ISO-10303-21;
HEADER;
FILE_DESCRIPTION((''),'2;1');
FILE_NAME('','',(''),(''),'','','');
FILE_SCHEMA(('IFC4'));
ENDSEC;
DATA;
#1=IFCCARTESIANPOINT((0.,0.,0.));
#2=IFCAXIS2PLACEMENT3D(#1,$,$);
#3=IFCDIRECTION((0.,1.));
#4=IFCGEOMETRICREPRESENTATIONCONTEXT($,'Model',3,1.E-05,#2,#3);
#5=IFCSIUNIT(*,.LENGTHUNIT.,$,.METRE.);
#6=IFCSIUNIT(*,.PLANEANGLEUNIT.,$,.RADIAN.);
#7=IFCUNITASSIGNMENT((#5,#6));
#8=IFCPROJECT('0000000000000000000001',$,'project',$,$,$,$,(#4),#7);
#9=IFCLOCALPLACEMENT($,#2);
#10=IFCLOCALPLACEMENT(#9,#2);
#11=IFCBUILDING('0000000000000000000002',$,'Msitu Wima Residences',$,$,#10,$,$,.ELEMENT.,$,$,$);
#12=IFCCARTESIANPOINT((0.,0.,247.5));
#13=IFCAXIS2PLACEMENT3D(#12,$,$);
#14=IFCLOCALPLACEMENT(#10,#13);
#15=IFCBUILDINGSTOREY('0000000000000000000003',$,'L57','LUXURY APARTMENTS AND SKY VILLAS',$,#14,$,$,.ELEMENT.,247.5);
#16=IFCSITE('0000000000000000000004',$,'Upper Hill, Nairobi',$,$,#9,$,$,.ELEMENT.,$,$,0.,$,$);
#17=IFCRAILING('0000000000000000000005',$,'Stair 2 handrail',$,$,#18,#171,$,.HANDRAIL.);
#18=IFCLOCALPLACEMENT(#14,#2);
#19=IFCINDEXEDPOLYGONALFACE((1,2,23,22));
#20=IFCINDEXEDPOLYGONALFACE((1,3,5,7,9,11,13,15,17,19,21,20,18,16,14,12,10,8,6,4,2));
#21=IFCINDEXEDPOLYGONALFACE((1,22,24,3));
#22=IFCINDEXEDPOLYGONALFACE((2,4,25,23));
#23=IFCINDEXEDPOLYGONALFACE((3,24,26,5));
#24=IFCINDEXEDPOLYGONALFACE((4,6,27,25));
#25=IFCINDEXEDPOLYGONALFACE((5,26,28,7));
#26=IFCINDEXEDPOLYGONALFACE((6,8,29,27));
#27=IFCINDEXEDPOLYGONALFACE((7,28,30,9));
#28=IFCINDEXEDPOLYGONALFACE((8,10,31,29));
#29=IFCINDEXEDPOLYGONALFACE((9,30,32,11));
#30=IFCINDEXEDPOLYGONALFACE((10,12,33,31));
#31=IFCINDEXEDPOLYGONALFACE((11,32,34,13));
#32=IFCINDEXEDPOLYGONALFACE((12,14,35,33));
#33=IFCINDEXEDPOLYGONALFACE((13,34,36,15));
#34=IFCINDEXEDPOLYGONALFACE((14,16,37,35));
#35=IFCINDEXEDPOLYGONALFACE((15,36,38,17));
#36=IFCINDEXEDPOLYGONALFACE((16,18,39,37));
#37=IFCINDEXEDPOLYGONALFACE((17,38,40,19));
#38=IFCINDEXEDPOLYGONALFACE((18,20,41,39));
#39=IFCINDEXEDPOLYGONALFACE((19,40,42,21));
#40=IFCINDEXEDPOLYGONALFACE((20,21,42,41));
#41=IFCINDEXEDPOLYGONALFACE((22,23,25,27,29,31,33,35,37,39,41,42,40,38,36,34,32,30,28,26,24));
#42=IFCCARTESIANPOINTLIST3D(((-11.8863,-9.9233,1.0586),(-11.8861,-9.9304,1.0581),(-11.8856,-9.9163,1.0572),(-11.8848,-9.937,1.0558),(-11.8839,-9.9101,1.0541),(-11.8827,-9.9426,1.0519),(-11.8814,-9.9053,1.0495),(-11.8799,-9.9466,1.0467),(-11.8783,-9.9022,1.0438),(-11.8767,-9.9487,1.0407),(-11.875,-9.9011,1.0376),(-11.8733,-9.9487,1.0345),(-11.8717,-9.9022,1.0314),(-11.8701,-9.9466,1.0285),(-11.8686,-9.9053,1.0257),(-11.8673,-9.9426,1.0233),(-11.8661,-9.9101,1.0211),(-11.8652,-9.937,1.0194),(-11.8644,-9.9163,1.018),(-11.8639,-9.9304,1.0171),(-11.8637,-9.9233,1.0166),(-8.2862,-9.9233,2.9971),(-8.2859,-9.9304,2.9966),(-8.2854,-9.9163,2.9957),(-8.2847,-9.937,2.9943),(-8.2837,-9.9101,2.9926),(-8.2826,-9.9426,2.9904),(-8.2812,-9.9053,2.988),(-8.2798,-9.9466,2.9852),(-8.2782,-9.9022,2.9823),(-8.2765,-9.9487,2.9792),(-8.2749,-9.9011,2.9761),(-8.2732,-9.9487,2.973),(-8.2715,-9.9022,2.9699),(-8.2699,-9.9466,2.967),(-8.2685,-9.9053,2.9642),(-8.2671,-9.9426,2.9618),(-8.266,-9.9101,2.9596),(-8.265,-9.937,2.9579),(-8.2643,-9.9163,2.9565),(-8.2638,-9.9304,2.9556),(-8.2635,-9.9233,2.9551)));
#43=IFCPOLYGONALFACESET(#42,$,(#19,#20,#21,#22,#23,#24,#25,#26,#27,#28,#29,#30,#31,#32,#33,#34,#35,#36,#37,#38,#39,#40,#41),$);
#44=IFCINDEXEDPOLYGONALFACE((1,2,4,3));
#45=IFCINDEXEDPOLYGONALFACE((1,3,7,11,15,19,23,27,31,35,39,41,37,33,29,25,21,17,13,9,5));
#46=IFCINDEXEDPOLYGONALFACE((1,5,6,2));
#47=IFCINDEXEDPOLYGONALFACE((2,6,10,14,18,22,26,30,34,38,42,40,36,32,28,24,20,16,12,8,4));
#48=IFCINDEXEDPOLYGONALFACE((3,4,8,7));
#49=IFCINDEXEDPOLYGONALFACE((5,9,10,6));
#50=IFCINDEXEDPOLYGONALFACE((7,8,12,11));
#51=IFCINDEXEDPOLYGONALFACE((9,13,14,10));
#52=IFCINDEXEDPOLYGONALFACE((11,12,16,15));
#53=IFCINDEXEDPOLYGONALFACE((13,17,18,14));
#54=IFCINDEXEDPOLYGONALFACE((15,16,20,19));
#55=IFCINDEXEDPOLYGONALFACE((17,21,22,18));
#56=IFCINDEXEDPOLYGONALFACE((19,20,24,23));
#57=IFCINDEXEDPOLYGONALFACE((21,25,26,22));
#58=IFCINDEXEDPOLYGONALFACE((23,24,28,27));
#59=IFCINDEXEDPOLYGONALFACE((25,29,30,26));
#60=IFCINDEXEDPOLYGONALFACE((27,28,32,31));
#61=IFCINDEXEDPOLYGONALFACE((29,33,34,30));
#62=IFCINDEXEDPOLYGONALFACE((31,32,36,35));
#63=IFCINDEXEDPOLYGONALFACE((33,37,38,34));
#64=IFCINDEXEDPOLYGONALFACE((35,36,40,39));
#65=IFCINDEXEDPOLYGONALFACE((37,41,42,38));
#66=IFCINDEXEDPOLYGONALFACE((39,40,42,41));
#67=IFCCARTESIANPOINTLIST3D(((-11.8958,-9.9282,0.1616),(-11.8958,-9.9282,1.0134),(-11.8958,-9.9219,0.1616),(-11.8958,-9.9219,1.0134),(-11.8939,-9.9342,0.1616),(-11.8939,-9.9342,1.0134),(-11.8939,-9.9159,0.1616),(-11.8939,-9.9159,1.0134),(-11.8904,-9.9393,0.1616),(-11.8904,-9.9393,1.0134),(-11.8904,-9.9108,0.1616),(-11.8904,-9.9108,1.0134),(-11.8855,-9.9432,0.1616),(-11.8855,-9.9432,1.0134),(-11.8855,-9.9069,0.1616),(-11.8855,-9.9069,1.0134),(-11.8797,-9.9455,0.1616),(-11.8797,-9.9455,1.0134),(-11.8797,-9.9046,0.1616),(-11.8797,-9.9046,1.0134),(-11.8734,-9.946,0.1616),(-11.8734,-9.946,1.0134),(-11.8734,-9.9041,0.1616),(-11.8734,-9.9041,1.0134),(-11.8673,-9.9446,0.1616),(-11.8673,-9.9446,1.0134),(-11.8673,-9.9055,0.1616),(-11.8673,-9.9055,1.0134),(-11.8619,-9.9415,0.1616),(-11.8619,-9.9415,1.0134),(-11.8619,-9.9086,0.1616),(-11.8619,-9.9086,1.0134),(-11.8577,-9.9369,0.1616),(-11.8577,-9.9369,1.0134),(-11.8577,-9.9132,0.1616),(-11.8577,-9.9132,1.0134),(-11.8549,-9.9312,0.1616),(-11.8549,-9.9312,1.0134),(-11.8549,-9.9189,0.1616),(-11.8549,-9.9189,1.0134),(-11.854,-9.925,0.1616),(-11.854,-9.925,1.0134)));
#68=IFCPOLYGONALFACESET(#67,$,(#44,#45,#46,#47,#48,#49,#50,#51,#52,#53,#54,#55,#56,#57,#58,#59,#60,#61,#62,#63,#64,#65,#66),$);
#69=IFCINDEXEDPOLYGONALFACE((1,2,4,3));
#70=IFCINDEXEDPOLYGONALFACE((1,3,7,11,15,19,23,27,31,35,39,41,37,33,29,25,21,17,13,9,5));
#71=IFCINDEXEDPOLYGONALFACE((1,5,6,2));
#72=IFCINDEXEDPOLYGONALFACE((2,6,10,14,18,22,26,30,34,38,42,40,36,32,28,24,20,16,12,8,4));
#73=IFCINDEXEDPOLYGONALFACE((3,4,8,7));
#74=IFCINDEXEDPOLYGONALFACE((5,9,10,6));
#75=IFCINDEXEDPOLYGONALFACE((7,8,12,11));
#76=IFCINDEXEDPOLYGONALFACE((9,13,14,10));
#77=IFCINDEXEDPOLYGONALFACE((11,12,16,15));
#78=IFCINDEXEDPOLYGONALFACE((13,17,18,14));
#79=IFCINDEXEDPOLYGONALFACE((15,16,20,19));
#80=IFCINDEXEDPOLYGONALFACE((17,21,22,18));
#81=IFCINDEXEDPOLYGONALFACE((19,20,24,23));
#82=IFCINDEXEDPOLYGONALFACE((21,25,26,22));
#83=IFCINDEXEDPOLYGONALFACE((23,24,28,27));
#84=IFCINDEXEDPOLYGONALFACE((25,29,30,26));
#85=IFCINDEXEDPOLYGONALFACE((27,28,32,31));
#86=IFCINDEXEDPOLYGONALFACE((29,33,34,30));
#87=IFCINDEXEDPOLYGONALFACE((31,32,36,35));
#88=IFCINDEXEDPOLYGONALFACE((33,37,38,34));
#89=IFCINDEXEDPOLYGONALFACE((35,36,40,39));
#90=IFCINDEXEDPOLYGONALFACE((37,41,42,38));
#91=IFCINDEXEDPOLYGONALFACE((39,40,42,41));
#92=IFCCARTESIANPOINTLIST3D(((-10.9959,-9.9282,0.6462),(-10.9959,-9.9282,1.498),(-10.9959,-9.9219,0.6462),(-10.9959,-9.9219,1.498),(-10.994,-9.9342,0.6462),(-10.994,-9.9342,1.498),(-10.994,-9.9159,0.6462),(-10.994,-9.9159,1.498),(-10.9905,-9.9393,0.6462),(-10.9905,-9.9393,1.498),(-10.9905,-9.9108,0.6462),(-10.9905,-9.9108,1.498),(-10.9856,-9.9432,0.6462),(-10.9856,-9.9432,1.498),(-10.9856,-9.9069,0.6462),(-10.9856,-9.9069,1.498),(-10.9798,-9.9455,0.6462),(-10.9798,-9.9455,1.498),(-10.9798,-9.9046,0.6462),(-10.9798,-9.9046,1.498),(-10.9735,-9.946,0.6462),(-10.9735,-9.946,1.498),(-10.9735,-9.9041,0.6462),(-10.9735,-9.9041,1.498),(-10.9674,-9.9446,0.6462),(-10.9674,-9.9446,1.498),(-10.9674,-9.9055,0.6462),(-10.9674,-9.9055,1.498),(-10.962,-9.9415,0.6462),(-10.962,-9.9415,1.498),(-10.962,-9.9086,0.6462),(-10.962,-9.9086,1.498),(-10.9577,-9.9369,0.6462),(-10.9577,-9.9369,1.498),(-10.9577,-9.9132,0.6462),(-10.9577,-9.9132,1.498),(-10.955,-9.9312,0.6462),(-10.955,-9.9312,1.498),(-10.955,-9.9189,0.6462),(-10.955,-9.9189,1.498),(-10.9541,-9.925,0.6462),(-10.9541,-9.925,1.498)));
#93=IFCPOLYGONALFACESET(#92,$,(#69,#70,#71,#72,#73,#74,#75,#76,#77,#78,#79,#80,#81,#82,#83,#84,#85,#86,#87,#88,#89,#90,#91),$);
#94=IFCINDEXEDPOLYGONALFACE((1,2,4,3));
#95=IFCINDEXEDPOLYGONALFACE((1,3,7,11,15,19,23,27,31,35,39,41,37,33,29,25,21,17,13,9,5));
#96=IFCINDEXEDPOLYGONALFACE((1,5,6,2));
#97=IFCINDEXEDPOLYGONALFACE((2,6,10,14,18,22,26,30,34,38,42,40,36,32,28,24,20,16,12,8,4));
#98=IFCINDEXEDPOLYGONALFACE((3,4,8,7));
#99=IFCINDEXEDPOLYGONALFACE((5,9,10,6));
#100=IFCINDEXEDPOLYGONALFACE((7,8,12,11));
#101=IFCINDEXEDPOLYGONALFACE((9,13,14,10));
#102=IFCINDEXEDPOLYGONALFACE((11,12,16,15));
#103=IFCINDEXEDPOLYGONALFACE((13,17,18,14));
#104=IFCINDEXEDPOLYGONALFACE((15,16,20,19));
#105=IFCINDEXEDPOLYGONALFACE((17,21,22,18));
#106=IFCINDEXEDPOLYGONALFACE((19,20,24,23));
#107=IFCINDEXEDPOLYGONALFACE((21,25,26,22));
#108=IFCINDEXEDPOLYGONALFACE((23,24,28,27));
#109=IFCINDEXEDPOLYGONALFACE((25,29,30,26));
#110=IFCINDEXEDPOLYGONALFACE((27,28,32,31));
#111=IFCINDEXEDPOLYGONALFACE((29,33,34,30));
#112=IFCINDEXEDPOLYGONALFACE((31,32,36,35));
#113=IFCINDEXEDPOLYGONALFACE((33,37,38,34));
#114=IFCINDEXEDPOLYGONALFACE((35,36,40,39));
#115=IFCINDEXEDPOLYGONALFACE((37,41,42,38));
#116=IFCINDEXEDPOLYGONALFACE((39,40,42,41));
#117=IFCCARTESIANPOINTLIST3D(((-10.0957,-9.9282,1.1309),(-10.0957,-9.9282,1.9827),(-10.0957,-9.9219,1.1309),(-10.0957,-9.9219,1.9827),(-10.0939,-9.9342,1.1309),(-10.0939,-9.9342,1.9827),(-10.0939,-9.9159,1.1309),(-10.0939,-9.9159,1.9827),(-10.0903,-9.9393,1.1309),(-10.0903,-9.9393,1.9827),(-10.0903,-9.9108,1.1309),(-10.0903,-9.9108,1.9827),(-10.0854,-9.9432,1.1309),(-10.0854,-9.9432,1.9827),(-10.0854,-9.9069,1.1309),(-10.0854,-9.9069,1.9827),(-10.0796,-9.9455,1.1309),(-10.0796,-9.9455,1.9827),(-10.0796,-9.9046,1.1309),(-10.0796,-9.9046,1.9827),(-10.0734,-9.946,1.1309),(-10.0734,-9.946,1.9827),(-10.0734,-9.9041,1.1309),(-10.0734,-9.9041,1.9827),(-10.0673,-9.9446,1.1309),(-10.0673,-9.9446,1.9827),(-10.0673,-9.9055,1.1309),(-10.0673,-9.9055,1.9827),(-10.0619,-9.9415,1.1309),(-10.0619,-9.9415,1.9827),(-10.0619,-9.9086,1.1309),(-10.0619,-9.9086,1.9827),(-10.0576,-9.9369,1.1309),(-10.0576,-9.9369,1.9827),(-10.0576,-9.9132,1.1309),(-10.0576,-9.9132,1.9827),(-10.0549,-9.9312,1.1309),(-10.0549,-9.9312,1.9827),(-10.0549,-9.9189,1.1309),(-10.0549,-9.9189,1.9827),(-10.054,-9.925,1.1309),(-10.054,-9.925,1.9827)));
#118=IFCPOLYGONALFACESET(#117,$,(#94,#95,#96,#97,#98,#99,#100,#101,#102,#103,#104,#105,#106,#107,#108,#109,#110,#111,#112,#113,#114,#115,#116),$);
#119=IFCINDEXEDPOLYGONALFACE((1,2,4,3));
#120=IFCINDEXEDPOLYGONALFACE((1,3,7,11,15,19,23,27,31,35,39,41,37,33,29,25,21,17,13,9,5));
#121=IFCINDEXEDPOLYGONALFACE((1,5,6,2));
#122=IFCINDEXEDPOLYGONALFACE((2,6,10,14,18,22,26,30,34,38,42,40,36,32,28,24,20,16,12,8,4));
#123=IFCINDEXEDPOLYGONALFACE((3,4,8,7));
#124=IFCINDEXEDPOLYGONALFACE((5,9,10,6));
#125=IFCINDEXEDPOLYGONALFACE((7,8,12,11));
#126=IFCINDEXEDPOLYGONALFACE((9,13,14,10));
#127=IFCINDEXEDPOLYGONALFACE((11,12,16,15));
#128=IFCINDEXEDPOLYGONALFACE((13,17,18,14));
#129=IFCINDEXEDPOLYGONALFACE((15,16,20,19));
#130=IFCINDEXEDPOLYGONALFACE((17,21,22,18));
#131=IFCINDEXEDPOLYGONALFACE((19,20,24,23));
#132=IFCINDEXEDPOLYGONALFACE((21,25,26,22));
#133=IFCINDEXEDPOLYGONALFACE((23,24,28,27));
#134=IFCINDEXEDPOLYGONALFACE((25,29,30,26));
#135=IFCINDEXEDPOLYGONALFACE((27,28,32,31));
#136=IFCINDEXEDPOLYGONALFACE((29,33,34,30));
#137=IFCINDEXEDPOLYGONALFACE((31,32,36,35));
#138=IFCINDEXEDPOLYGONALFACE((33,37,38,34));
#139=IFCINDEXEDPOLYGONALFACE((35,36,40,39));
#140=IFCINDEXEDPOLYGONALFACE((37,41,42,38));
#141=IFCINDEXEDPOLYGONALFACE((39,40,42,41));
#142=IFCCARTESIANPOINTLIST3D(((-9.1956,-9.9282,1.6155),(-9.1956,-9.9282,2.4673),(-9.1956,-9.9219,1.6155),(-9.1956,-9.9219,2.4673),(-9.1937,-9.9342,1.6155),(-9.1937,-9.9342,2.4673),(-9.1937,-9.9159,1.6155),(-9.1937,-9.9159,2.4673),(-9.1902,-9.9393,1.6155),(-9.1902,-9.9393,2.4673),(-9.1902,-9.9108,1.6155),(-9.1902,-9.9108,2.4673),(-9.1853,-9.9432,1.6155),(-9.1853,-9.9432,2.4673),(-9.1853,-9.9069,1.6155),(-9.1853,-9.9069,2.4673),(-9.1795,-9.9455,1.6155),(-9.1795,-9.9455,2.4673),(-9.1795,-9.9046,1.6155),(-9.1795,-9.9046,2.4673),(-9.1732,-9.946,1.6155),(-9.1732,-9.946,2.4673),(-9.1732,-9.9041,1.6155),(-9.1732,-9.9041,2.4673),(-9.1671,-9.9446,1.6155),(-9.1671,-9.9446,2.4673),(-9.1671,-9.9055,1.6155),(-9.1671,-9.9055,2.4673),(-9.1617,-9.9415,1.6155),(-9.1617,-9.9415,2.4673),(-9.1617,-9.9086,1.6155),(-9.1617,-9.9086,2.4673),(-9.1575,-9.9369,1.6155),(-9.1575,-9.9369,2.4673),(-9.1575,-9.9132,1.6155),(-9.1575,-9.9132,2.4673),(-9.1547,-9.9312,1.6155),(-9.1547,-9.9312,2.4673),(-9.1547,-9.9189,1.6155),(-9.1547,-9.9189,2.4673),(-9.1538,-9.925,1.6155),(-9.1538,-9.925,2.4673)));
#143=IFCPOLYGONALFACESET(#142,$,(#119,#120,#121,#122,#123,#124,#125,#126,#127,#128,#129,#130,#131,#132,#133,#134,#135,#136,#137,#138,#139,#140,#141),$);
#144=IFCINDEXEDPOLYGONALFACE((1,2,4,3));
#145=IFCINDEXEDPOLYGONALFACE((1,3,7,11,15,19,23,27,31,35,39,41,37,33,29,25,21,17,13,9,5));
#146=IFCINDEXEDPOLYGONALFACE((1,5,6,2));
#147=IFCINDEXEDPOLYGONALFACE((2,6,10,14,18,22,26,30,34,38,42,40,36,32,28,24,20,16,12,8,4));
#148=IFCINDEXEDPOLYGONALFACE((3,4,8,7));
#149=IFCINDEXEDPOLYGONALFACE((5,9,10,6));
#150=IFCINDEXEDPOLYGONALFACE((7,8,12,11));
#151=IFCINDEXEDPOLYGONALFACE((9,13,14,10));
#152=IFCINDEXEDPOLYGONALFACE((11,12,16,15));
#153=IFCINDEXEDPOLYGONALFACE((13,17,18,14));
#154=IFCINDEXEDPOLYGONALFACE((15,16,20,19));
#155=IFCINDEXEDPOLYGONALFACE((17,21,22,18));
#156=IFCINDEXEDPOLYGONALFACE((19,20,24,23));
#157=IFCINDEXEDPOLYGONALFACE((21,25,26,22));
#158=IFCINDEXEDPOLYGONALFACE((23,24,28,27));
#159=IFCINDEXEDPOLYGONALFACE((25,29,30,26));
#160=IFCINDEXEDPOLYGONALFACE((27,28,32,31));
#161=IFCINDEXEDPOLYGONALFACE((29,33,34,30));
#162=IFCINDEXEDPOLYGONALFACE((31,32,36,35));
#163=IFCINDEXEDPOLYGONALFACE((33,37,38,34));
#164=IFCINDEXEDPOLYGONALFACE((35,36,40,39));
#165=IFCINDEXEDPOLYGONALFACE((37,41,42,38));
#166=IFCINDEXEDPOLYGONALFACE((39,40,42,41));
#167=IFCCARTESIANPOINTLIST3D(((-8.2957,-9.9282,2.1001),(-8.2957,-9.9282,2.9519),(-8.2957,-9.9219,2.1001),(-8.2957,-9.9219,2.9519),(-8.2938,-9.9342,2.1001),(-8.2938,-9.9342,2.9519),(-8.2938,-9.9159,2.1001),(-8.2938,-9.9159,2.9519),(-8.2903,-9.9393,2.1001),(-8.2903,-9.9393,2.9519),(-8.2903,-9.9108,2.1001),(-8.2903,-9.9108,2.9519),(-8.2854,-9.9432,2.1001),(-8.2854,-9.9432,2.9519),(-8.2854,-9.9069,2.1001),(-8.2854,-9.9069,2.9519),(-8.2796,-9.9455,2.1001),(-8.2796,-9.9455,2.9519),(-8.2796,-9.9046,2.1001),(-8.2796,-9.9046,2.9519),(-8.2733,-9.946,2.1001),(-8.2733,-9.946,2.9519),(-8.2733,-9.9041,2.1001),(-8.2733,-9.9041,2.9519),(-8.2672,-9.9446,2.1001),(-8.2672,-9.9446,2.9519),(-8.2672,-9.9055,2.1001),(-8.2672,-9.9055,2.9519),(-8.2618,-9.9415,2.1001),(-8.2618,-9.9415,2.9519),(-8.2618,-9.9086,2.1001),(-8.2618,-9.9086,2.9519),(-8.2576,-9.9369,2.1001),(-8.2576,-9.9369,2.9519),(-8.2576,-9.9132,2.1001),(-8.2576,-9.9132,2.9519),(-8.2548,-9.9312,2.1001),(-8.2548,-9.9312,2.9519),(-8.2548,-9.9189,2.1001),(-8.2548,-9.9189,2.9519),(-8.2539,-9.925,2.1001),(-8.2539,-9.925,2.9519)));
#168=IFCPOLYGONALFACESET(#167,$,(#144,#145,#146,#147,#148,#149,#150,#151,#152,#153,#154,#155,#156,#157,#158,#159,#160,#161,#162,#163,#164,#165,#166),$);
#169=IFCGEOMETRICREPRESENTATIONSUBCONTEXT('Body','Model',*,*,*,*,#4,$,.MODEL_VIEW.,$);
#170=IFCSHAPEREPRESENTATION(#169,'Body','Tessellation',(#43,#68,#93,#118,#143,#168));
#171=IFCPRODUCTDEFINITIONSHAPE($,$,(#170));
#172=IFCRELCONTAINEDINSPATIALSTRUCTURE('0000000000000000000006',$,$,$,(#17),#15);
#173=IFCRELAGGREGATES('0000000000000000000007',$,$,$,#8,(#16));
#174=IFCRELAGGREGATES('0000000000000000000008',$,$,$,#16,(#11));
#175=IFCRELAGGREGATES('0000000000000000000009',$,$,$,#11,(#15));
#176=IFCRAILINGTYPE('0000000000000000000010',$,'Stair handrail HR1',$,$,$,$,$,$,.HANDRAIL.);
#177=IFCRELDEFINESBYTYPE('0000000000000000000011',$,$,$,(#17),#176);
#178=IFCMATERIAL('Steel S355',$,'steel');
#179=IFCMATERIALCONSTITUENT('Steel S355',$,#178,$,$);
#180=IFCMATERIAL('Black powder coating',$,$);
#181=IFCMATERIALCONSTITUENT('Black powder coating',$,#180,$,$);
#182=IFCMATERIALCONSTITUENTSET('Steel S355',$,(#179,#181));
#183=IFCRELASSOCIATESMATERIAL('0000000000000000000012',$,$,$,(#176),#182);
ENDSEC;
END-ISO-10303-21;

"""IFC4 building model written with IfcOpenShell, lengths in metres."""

from ifc_helpers import new_model, si_unit, direction, frame, origin, origin_2d, place, context, subcontext, project, spatial, circle, extrude, material, constituent, constituent_set, type_object, element, save


model = new_model("IFC4")

# Units and contexts
model_context = context("Model", 3, precision=1e-05, world=origin(), true_north=direction((0.0, 1.0)))
body_context = subcontext(model_context, "Body", "Model", "MODEL_VIEW")
ifc_project = project(units=[si_unit("LENGTHUNIT", "METRE"), si_unit("PLANEANGLEUNIT", "RADIAN")], contexts=[model_context])

# Site, building, storey
site_placement = place(None, origin())
site = spatial("IfcSite", under=ifc_project, at=site_placement, Name="Upper Hill, Nairobi", CompositionType="ELEMENT", RefElevation=0.0)
building_placement = place(site_placement, origin())
building = spatial("IfcBuilding", under=site, at=building_placement, Name="Msitu Wima Residences", CompositionType="ELEMENT")
storey_placement = place(building_placement, frame((0.0, 0.0, 247.5)))
storey = spatial("IfcBuildingStorey", under=building, at=storey_placement, Name="L57", Description="LUXURY APARTMENTS AND SKY VILLAS", CompositionType="ELEMENT", Elevation=247.5)

# Railing
ifc_material_1 = material(Name="Steel S355", Category="steel")
ifc_constituent_1 = constituent(ifc_material_1, Name="Steel S355")
ifc_material_2 = material(Name="Black powder coating")
ifc_constituent_2 = constituent(ifc_material_2, Name="Black powder coating")
ifc_constituent_set = constituent_set(constituents=[ifc_constituent_1, ifc_constituent_2], Name="Steel S355")
railing_type = type_object("IfcRailingType", Name="Stair handrail HR1", PredefinedType="HANDRAIL", material=ifc_constituent_set)
for number, where, name in (
    (1, (-11.875, -9.925, 0.1616), "Stair 2 handrail"),
):
    element("IfcRailing", number, at=place(storey_placement, frame(where)), inside=storey, type_object=railing_type, Name=name, PredefinedType="HANDRAIL", context=body_context, shape_type="SweptSolid", body=[
        extrude(circle(Radius=0.0239, at=origin_2d()), frame((0.0, 0.0, 0.876), z_axis=(0.880475, 0.0, 0.474093), x_axis=(0.0, 1.0, 0.0)), (0.0, 0.0, 1.0), 4.0889),
        extrude(circle(Radius=0.021, at=origin_2d()), origin(), (0.0, 0.0, 1.0), 0.8518),
        extrude(circle(Radius=0.021, at=origin_2d()), frame((0.8999, 0.0, 0.4846)), (0.0, 0.0, 1.0), 0.8518),
        extrude(circle(Radius=0.021, at=origin_2d()), frame((1.8, 0.0, 0.9692)), (0.0, 0.0, 1.0), 0.8518),
        extrude(circle(Radius=0.021, at=origin_2d()), frame((2.7002, 0.0, 1.4539)), (0.0, 0.0, 1.0), 0.8518),
        extrude(circle(Radius=0.021, at=origin_2d()), frame((3.6001, 0.0, 1.9385)), (0.0, 0.0, 1.0), 0.8518),
    ])

save(model, "model.ifc")
